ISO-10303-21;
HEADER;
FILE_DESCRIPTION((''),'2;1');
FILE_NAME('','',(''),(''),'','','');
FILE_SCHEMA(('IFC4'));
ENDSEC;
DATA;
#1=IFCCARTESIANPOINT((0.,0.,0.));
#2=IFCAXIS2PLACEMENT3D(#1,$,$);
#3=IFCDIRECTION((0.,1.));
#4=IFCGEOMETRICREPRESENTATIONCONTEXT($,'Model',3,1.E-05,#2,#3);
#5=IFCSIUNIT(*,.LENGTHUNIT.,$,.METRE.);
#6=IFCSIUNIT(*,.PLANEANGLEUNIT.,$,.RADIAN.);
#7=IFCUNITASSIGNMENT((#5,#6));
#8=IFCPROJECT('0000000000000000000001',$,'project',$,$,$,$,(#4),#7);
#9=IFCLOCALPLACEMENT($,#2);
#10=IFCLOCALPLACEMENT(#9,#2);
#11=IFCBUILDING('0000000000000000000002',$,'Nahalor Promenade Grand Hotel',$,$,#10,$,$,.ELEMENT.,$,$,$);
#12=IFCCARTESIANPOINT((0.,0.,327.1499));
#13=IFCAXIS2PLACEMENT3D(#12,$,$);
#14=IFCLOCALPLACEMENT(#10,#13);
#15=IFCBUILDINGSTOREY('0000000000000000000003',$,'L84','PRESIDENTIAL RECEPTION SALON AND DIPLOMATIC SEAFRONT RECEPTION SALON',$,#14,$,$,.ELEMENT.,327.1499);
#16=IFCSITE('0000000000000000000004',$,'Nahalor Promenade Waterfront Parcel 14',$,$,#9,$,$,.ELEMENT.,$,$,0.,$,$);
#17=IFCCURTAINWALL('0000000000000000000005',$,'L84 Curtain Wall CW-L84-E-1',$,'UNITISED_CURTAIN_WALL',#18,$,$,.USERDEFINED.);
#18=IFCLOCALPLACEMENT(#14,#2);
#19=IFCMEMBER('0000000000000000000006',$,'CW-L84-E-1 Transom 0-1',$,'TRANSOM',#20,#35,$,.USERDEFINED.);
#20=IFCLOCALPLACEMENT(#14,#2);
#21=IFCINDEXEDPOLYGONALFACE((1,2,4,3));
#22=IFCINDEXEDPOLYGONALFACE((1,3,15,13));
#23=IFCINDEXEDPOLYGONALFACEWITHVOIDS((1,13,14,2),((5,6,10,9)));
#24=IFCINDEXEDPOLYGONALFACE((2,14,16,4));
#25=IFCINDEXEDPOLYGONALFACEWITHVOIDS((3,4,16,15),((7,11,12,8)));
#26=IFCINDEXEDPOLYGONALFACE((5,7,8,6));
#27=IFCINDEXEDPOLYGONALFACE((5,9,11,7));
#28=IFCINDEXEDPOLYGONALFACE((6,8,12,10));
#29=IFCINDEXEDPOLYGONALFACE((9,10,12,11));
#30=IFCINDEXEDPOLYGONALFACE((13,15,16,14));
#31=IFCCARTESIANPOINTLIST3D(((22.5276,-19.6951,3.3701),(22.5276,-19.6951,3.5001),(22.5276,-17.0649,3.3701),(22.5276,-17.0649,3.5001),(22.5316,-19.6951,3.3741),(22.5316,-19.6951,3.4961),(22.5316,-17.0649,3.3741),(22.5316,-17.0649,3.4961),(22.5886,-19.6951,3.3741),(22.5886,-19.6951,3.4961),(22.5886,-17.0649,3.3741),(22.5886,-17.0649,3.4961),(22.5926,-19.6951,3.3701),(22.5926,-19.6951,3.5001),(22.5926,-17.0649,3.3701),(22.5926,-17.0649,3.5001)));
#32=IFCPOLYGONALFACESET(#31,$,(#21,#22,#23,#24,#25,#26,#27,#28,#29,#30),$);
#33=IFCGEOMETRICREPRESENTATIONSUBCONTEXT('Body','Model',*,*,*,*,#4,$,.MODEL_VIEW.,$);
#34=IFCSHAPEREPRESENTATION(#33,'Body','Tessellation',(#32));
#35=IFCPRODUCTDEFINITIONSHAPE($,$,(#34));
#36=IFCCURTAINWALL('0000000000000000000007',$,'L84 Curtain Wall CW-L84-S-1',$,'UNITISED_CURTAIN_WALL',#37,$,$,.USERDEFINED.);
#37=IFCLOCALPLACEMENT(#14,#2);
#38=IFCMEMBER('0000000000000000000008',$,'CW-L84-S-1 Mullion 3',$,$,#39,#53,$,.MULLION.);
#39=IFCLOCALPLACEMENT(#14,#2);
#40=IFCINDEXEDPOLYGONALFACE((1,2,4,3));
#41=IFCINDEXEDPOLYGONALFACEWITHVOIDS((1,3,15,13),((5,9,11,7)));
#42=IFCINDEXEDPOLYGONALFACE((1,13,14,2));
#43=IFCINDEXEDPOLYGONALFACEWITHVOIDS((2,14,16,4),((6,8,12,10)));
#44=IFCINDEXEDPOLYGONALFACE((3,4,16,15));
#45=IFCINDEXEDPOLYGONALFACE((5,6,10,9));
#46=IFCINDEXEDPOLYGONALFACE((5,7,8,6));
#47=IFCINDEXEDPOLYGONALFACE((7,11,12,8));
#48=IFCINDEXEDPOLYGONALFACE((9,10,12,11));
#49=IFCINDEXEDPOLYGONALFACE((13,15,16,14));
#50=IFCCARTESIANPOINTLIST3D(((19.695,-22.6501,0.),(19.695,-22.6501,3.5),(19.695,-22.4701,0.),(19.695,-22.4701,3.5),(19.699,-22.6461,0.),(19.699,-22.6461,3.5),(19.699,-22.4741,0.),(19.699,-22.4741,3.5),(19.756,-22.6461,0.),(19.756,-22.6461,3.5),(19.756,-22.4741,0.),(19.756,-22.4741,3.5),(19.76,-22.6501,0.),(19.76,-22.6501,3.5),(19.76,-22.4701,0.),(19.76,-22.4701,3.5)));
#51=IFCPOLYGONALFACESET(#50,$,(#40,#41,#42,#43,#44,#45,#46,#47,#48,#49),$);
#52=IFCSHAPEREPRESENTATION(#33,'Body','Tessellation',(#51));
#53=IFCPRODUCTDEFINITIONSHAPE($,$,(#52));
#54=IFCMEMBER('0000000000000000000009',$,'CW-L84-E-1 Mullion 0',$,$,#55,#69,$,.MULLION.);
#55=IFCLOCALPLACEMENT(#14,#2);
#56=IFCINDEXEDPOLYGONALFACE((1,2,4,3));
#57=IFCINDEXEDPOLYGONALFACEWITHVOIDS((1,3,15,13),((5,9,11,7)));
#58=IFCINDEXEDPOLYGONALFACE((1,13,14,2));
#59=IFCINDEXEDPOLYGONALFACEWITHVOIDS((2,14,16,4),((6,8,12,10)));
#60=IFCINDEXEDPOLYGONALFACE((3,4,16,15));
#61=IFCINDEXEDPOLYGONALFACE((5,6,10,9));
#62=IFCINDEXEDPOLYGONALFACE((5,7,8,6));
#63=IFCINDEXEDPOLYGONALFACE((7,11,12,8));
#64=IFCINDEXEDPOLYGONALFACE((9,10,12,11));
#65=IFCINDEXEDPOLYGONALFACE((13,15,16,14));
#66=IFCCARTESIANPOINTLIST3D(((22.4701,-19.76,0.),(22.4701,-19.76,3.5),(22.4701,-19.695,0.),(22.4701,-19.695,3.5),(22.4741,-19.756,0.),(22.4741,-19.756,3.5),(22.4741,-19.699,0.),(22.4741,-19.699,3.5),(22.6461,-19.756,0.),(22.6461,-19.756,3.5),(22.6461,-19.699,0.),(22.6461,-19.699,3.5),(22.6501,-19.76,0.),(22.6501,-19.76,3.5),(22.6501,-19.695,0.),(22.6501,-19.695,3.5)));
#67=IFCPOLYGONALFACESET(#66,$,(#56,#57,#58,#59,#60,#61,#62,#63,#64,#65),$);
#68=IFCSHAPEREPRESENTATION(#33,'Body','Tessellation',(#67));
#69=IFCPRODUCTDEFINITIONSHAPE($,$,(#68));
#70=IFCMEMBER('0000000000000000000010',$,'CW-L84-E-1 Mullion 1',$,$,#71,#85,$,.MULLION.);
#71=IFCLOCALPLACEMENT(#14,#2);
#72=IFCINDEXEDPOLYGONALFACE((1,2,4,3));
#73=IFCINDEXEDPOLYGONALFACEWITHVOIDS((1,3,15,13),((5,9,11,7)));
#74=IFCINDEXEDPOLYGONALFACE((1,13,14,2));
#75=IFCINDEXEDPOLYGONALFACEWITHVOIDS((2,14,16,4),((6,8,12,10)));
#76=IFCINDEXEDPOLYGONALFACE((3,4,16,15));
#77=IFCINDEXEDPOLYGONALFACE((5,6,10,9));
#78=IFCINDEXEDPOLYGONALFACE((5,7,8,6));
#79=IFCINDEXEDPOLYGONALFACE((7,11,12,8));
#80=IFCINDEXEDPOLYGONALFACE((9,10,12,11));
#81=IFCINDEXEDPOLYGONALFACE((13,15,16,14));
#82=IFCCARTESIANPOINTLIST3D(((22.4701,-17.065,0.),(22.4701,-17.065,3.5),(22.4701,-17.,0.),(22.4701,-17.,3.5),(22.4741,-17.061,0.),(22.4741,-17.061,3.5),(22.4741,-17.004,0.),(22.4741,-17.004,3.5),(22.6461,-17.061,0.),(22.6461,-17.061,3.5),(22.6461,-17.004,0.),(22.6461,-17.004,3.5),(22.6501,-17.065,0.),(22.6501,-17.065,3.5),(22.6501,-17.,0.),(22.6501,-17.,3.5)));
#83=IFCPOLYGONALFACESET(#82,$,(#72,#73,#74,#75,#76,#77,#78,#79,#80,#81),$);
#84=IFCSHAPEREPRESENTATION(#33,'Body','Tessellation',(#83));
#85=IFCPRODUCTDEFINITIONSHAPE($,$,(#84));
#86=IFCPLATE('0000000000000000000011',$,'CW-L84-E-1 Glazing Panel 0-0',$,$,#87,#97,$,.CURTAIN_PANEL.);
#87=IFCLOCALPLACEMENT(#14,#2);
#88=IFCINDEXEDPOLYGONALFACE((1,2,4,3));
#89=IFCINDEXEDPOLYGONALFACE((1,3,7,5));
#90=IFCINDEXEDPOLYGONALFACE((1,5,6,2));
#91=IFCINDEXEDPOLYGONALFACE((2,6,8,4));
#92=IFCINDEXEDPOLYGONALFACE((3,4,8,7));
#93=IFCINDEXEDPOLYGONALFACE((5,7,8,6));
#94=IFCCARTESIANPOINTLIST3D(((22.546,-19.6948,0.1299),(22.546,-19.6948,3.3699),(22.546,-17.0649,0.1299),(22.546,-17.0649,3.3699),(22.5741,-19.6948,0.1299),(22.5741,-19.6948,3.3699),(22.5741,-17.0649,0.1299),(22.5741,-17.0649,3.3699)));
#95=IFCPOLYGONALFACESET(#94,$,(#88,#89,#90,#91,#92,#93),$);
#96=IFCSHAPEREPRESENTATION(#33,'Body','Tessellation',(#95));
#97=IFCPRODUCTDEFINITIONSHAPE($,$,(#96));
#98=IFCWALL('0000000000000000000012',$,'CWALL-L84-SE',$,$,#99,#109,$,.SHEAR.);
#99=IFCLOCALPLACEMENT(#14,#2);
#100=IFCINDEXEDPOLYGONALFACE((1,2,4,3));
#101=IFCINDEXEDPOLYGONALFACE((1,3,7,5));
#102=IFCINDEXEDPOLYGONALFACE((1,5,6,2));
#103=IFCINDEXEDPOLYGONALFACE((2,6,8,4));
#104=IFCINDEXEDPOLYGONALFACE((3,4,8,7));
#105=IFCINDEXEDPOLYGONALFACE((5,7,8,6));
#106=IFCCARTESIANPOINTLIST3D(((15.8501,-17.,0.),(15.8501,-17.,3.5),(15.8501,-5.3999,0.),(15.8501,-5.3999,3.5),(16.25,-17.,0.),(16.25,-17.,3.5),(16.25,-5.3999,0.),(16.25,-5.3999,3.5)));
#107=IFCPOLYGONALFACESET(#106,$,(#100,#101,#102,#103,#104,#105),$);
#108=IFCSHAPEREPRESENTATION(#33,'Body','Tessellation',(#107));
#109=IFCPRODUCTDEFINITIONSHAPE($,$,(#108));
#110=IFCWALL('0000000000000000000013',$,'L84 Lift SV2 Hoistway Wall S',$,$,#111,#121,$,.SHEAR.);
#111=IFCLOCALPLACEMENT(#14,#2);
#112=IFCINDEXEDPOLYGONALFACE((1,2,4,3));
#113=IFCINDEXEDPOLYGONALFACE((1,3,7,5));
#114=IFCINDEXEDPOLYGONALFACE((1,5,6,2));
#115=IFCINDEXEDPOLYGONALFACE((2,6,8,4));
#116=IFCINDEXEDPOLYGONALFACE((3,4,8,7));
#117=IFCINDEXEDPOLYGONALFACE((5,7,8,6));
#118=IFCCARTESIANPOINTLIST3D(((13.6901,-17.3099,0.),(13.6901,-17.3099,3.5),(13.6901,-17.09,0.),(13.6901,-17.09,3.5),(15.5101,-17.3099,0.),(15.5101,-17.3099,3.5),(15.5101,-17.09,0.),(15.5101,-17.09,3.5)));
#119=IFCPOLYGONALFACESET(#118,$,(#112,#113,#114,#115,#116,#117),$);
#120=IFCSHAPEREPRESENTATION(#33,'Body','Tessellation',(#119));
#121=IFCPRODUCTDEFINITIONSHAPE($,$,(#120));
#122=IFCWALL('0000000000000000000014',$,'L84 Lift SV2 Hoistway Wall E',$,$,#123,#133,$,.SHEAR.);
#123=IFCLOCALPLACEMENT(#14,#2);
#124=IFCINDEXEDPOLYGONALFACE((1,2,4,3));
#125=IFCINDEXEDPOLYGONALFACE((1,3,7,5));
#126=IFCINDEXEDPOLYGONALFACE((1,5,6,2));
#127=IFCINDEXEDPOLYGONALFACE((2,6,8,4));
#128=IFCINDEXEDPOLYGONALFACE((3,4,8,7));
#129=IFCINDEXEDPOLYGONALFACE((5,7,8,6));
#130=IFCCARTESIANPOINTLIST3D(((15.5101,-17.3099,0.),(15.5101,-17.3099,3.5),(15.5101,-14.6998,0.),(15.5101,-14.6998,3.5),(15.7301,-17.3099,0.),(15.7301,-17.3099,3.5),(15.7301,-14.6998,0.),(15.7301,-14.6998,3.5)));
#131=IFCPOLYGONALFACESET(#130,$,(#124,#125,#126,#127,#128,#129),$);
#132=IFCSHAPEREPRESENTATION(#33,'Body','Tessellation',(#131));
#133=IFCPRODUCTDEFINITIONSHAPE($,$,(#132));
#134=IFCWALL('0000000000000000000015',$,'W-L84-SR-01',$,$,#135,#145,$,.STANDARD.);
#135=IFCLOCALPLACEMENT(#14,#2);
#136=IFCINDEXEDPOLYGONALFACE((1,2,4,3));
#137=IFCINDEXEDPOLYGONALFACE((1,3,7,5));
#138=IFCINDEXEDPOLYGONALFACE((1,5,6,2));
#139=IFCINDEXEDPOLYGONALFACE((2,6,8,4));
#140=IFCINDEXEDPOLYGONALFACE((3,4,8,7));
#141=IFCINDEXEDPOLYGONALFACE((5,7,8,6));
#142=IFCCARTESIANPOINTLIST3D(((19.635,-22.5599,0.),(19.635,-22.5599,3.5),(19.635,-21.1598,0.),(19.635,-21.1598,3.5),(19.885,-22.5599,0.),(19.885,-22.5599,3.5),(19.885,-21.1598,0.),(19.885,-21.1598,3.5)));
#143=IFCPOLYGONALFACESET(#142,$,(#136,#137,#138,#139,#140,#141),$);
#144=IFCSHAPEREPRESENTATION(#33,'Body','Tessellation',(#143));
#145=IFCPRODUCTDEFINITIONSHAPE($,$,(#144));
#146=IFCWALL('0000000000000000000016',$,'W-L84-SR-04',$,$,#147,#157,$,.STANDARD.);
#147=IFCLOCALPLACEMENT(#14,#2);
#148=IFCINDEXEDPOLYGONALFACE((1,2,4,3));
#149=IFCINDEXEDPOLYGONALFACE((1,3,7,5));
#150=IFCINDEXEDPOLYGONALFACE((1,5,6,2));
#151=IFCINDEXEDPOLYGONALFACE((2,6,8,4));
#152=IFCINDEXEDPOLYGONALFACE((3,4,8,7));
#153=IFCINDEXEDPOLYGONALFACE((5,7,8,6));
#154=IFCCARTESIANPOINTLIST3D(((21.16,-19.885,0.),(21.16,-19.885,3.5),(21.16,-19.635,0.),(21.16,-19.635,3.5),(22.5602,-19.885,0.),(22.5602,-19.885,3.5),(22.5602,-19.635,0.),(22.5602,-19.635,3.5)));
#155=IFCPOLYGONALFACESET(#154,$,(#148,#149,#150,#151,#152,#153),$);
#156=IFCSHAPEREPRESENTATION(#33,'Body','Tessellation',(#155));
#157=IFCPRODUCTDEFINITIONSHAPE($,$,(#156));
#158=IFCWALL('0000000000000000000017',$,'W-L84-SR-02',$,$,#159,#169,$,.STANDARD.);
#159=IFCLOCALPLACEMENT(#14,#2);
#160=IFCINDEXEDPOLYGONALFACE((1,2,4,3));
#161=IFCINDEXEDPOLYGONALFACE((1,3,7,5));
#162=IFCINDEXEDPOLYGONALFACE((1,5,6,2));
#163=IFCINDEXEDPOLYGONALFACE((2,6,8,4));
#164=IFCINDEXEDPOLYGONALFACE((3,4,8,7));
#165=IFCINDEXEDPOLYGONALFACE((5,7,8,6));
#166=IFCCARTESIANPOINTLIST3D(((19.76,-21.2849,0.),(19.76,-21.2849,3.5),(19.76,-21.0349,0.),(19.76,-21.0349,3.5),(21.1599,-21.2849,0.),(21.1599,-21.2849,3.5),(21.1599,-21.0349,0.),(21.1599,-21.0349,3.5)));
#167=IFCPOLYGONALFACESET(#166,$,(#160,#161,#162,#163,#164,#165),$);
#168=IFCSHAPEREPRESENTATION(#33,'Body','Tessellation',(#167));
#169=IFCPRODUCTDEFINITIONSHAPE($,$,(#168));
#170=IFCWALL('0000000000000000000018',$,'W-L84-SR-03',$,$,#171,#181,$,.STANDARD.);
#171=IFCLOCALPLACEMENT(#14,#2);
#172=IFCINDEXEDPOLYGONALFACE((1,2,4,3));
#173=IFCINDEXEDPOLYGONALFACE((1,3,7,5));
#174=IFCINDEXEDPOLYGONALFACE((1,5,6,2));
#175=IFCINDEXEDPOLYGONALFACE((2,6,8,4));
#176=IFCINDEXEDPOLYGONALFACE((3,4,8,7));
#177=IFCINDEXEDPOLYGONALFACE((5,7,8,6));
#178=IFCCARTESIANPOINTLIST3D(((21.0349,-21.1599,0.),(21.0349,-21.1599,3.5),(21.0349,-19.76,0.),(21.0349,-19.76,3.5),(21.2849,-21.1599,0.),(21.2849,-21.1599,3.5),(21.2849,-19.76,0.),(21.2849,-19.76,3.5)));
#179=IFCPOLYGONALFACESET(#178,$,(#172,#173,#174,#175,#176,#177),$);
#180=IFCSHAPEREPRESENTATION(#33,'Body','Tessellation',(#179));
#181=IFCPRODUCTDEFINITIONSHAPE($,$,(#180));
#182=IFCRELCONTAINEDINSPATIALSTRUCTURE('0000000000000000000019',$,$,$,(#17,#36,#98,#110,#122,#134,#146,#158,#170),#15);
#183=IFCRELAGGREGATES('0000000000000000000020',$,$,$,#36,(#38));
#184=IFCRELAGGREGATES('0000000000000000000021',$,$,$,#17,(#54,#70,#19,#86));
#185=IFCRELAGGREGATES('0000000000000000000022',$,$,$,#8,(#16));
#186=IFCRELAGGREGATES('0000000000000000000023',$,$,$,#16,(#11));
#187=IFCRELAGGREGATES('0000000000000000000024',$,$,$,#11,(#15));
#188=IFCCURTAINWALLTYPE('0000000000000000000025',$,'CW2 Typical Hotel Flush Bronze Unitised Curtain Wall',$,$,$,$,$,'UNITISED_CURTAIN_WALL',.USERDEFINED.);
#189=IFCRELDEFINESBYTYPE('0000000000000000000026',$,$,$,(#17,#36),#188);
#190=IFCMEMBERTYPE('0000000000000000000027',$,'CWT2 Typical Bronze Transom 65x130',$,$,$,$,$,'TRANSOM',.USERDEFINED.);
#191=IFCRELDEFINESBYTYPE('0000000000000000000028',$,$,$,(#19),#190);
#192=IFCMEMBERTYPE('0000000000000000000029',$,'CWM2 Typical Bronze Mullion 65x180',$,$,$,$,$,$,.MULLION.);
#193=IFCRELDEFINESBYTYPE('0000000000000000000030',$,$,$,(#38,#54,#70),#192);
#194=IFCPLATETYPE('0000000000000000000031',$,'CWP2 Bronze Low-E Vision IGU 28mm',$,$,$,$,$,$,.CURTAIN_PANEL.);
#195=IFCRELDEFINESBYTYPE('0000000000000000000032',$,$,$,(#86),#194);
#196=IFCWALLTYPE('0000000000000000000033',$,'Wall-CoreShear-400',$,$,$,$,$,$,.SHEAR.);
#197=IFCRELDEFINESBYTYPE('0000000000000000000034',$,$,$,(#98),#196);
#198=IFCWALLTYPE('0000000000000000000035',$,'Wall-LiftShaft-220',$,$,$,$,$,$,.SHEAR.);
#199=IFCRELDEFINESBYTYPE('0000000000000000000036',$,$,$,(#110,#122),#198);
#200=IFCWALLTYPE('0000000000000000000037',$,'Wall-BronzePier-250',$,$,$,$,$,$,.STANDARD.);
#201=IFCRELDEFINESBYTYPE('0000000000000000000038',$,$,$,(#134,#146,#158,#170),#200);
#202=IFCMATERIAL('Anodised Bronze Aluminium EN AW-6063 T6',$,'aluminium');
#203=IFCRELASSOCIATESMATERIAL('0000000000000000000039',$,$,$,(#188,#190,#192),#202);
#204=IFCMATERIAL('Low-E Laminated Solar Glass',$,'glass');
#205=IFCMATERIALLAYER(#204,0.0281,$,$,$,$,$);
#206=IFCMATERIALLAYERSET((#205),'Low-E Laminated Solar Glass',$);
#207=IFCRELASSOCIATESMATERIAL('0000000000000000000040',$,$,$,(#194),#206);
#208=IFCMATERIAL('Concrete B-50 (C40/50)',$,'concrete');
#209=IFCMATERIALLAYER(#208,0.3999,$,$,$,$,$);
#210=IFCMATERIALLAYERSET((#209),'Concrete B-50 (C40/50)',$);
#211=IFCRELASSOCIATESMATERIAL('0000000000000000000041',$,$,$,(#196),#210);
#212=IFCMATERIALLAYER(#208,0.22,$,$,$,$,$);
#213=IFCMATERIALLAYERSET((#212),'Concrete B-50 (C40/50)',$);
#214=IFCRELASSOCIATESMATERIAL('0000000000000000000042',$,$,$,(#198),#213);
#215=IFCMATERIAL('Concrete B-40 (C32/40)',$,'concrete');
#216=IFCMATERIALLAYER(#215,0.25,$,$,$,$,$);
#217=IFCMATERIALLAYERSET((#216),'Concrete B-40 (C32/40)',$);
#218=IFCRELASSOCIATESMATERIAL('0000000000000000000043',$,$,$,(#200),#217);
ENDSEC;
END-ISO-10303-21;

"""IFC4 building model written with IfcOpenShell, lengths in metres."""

from ifc_helpers import new_model, si_unit, direction, frame, frame_2d, origin, origin_2d, place, context, subcontext, project, spatial, rectangle, hollow_rectangle, extrude, source, transform, mapped, material, layer, layer_set, material_profile, profile_set, type_object, element, aggregate, save


model = new_model("IFC4")

# Units and contexts
model_context = context("Model", 3, precision=1e-05, world=origin(), true_north=direction((0.0, 1.0)))
body_context = subcontext(model_context, "Body", "Model", "MODEL_VIEW")
ifc_project = project(units=[si_unit("LENGTHUNIT", "METRE"), si_unit("PLANEANGLEUNIT", "RADIAN")], contexts=[model_context])

# Site, building, storey
site_placement = place(None, origin())
site = spatial("IfcSite", under=ifc_project, at=site_placement, Name="Nahalor Promenade Waterfront Parcel 14", CompositionType="ELEMENT", RefElevation=0.0)
building_placement = place(site_placement, origin())
building = spatial("IfcBuilding", under=site, at=building_placement, Name="Nahalor Promenade Grand Hotel", CompositionType="ELEMENT")
storey_placement = place(building_placement, frame((0.0, 0.0, 327.1499)))
storey = spatial("IfcBuildingStorey", under=building, at=storey_placement, Name="L84", Description="PRESIDENTIAL RECEPTION SALON AND DIPLOMATIC SEAFRONT RECEPTION SALON", CompositionType="ELEMENT", Elevation=327.1499)

# Shared definitions
ifc_material_1 = material(Name="Concrete B-50 (C40/50)", Category="concrete")

# Curtain wall, member
ifc_material_2 = material(Name="Anodised Bronze Aluminium EN AW-6063 T6", Category="aluminium")
curtain_wall_type = type_object("IfcCurtainWallType", Name="CW2 Typical Hotel Flush Bronze Unitised Curtain Wall", ElementType="UNITISED_CURTAIN_WALL", PredefinedType="USERDEFINED", material=ifc_material_2)
curtain_wall_1_placement = place(storey_placement, origin())
curtain_wall_1 = element("IfcCurtainWall", 1, at=curtain_wall_1_placement, inside=storey, type_object=curtain_wall_type, Name="L84 Curtain Wall CW-L84-E-1", ObjectType="UNITISED_CURTAIN_WALL", PredefinedType="USERDEFINED")
ifc_material_profile_1 = material_profile(ifc_material_2, hollow_rectangle(XDim=0.065, YDim=0.13, WallThickness=0.004, at=origin_2d()), Name="CWT 65x130x4")
ifc_profile_set_1 = profile_set([ifc_material_profile_1], Name="Anodised Bronze Aluminium EN AW-6063 T6")
member_type_1 = type_object("IfcMemberType", Name="CWT2 Typical Bronze Transom 65x130", ElementType="TRANSOM", PredefinedType="USERDEFINED", material=ifc_profile_set_1)
shared_shape_1 = source(origin(), body_context, "Body", "SweptSolid", [
    extrude(hollow_rectangle(XDim=0.065, YDim=0.13, WallThickness=0.004, at=origin_2d()), origin(), (0.0, 0.0, 1.0), 2.6301),
])
member_1_placement = place(storey_placement, frame((22.5601, -19.6951, 3.4351), z_axis=(0.0, 1.0, 0.0), x_axis=(-1.0, 0.0, 0.0)))
member_1 = element("IfcMember", 2, at=member_1_placement, type_object=member_type_1, Name="CW-L84-E-1 Transom 0-1", ObjectType="TRANSOM", PredefinedType="USERDEFINED", context=body_context, shape_type="MappedRepresentation", body=[
    mapped(shared_shape_1, transform((0.0, 0.0, 0.0), scale=1.0)),
])

# Curtain wall, member
curtain_wall_2_placement = place(storey_placement, origin())
curtain_wall_2 = element("IfcCurtainWall", 3, at=curtain_wall_2_placement, inside=storey, type_object=curtain_wall_type, Name="L84 Curtain Wall CW-L84-S-1", ObjectType="UNITISED_CURTAIN_WALL", PredefinedType="USERDEFINED")
ifc_material_profile_2 = material_profile(ifc_material_2, hollow_rectangle(XDim=0.065, YDim=0.18, WallThickness=0.004, at=origin_2d()), Name="CWM 65x180x4")
ifc_profile_set_2 = profile_set([ifc_material_profile_2], Name="Anodised Bronze Aluminium EN AW-6063 T6")
member_type_2 = type_object("IfcMemberType", Name="CWM2 Typical Bronze Mullion 65x180", PredefinedType="MULLION", material=ifc_profile_set_2)
shared_shape_2 = source(origin(), body_context, "Body", "SweptSolid", [
    extrude(hollow_rectangle(XDim=0.065, YDim=0.18, WallThickness=0.004, at=origin_2d()), origin(), (0.0, 0.0, 1.0), 3.5),
])
member_2_placement = place(storey_placement, frame((19.7275, -22.5601, 0.0), z_axis=(0.0, 0.0, 1.0), x_axis=(1.0, 0.0, 0.0)))
member_2 = element("IfcMember", 4, at=member_2_placement, type_object=member_type_2, Name="CW-L84-S-1 Mullion 3", PredefinedType="MULLION", context=body_context, shape_type="MappedRepresentation", body=[
    mapped(shared_shape_2, transform((0.0, 0.0, 0.0), scale=1.0)),
])
aggregate(curtain_wall_2, [member_2])

# Members
member_3_placement = place(storey_placement, frame((22.5601, -19.7275, 0.0), z_axis=(0.0, 0.0, 1.0), x_axis=(0.0, 1.0, 0.0)))
member_3 = element("IfcMember", 5, at=member_3_placement, type_object=member_type_2, Name="CW-L84-E-1 Mullion 0", PredefinedType="MULLION", context=body_context, shape_type="MappedRepresentation", body=[
    mapped(shared_shape_2, transform((0.0, 0.0, 0.0), scale=1.0)),
])
member_4_placement = place(storey_placement, frame((22.5601, -17.0325, 0.0), z_axis=(0.0, 0.0, 1.0), x_axis=(0.0, 1.0, 0.0)))
member_4 = element("IfcMember", 6, at=member_4_placement, type_object=member_type_2, Name="CW-L84-E-1 Mullion 1", PredefinedType="MULLION", context=body_context, shape_type="MappedRepresentation", body=[
    mapped(shared_shape_2, transform((0.0, 0.0, 0.0), scale=1.0)),
])

# Plate
ifc_material_3 = material(Name="Low-E Laminated Solar Glass", Category="glass")
ifc_layer_1 = layer(ifc_material_3, 0.0281)
ifc_layer_set_1 = layer_set([ifc_layer_1], Name="Low-E Laminated Solar Glass")
plate_type = type_object("IfcPlateType", Name="CWP2 Bronze Low-E Vision IGU 28mm", PredefinedType="CURTAIN_PANEL", material=ifc_layer_set_1)
shared_shape_3 = source(origin(), body_context, "Body", "SweptSolid", [
    extrude(rectangle(XDim=2.6299, YDim=0.0281, at=origin_2d()), origin(), (0.0, 0.0, 1.0), 3.24),
])
plate_placement = place(storey_placement, frame((22.5601, -18.3799, 0.1299), z_axis=(0.0, 0.0, 1.0), x_axis=(0.0, 1.0, 0.0)))
plate = element("IfcPlate", 7, at=plate_placement, type_object=plate_type, Name="CW-L84-E-1 Glazing Panel 0-0", PredefinedType="CURTAIN_PANEL", context=body_context, shape_type="MappedRepresentation", body=[
    mapped(shared_shape_3, transform((0.0, 0.0, 0.0), scale=1.0)),
])
aggregate(curtain_wall_1, [member_3, member_4, member_1, plate])

# Walls
ifc_layer_2 = layer(ifc_material_1, 0.3999)
ifc_layer_set_2 = layer_set([ifc_layer_2], Name="Concrete B-50 (C40/50)")
wall_type_1 = type_object("IfcWallType", Name="Wall-CoreShear-400", PredefinedType="SHEAR", material=ifc_layer_set_2)
shared_shape_4 = source(origin(), body_context, "Body", "SweptSolid", [
    extrude(rectangle(XDim=11.6001, YDim=0.3999, at=frame_2d((5.8, 0.0))), origin(), (0.0, 0.0, 1.0), 3.5),
])
wall_1_placement = place(storey_placement, frame((16.05, -17.0, 0.0), z_axis=(0.0, 0.0, 1.0), x_axis=(0.0, 1.0, 0.0)))
element("IfcWall", 8, at=wall_1_placement, inside=storey, type_object=wall_type_1, Name="CWALL-L84-SE", PredefinedType="SHEAR", context=body_context, shape_type="MappedRepresentation", body=[
    mapped(shared_shape_4, transform((0.0, 0.0, 0.0), scale=1.0)),
])
ifc_layer_3 = layer(ifc_material_1, 0.22)
ifc_layer_set_3 = layer_set([ifc_layer_3], Name="Concrete B-50 (C40/50)")
wall_type_2 = type_object("IfcWallType", Name="Wall-LiftShaft-220", PredefinedType="SHEAR", material=ifc_layer_set_3)
shared_shape_5 = source(origin(), body_context, "Body", "SweptSolid", [
    extrude(rectangle(XDim=1.8201, YDim=0.22, at=frame_2d((0.9102, 0.0))), origin(), (0.0, 0.0, 1.0), 3.5),
])
wall_2_placement = place(storey_placement, frame((13.6899, -17.2, 0.0), z_axis=(0.0, 0.0, 1.0), x_axis=(1.0, 0.0, 0.0)))
element("IfcWall", 9, at=wall_2_placement, inside=storey, type_object=wall_type_2, Name="L84 Lift SV2 Hoistway Wall S", PredefinedType="SHEAR", context=body_context, shape_type="MappedRepresentation", body=[
    mapped(shared_shape_5, transform((0.0, 0.0, 0.0), scale=1.0)),
])
shared_shape_6 = source(origin(), body_context, "Body", "SweptSolid", [
    extrude(rectangle(XDim=2.6101, YDim=0.22, at=frame_2d((1.3052, 0.0))), origin(), (0.0, 0.0, 1.0), 3.5),
])
wall_3_placement = place(storey_placement, frame((15.6201, -17.3101, 0.0), z_axis=(0.0, 0.0, 1.0), x_axis=(0.0, 1.0, 0.0)))
element("IfcWall", 10, at=wall_3_placement, inside=storey, type_object=wall_type_2, Name="L84 Lift SV2 Hoistway Wall E", PredefinedType="SHEAR", context=body_context, shape_type="MappedRepresentation", body=[
    mapped(shared_shape_6, transform((0.0, 0.0, 0.0), scale=1.0)),
])
ifc_material_4 = material(Name="Concrete B-40 (C32/40)", Category="concrete")
ifc_layer_4 = layer(ifc_material_4, 0.25)
ifc_layer_set_4 = layer_set([ifc_layer_4], Name="Concrete B-40 (C32/40)")
wall_type_3 = type_object("IfcWallType", Name="Wall-BronzePier-250", PredefinedType="STANDARD", material=ifc_layer_set_4)
shared_shape_7 = source(origin(), body_context, "Body", "SweptSolid", [
    extrude(rectangle(XDim=1.4001, YDim=0.25, at=frame_2d((0.7002, 0.0))), origin(), (0.0, 0.0, 1.0), 3.5),
])
for number, where, z_axis, x_axis, name in (
    (11, (19.76, -22.5601, 0.0), (0.0, 0.0, 1.0), (0.0, 1.0, 0.0), "W-L84-SR-01"),
    (12, (21.1599, -19.76, 0.0), (0.0, 0.0, 1.0), (1.0, 0.0, 0.0), "W-L84-SR-04"),
):
    element("IfcWall", number, at=place(storey_placement, frame(where, z_axis=z_axis, x_axis=x_axis)), inside=storey, type_object=wall_type_3, Name=name, PredefinedType="STANDARD", context=body_context, shape_type="MappedRepresentation", body=[
        mapped(shared_shape_7, transform((0.0, 0.0, 0.0), scale=1.0)),
    ])
shared_shape_8 = source(origin(), body_context, "Body", "SweptSolid", [
    extrude(rectangle(XDim=1.3999, YDim=0.25, at=frame_2d((0.7, 0.0))), origin(), (0.0, 0.0, 1.0), 3.5),
])
for number, where, z_axis, x_axis, name in (
    (13, (19.76, -21.1599, 0.0), (0.0, 0.0, 1.0), (1.0, 0.0, 0.0), "W-L84-SR-02"),
    (14, (21.1599, -21.1599, 0.0), (0.0, 0.0, 1.0), (0.0, 1.0, 0.0), "W-L84-SR-03"),
):
    element("IfcWall", number, at=place(storey_placement, frame(where, z_axis=z_axis, x_axis=x_axis)), inside=storey, type_object=wall_type_3, Name=name, PredefinedType="STANDARD", context=body_context, shape_type="MappedRepresentation", body=[
        mapped(shared_shape_8, transform((0.0, 0.0, 0.0), scale=1.0)),
    ])

save(model, "model.ifc")
